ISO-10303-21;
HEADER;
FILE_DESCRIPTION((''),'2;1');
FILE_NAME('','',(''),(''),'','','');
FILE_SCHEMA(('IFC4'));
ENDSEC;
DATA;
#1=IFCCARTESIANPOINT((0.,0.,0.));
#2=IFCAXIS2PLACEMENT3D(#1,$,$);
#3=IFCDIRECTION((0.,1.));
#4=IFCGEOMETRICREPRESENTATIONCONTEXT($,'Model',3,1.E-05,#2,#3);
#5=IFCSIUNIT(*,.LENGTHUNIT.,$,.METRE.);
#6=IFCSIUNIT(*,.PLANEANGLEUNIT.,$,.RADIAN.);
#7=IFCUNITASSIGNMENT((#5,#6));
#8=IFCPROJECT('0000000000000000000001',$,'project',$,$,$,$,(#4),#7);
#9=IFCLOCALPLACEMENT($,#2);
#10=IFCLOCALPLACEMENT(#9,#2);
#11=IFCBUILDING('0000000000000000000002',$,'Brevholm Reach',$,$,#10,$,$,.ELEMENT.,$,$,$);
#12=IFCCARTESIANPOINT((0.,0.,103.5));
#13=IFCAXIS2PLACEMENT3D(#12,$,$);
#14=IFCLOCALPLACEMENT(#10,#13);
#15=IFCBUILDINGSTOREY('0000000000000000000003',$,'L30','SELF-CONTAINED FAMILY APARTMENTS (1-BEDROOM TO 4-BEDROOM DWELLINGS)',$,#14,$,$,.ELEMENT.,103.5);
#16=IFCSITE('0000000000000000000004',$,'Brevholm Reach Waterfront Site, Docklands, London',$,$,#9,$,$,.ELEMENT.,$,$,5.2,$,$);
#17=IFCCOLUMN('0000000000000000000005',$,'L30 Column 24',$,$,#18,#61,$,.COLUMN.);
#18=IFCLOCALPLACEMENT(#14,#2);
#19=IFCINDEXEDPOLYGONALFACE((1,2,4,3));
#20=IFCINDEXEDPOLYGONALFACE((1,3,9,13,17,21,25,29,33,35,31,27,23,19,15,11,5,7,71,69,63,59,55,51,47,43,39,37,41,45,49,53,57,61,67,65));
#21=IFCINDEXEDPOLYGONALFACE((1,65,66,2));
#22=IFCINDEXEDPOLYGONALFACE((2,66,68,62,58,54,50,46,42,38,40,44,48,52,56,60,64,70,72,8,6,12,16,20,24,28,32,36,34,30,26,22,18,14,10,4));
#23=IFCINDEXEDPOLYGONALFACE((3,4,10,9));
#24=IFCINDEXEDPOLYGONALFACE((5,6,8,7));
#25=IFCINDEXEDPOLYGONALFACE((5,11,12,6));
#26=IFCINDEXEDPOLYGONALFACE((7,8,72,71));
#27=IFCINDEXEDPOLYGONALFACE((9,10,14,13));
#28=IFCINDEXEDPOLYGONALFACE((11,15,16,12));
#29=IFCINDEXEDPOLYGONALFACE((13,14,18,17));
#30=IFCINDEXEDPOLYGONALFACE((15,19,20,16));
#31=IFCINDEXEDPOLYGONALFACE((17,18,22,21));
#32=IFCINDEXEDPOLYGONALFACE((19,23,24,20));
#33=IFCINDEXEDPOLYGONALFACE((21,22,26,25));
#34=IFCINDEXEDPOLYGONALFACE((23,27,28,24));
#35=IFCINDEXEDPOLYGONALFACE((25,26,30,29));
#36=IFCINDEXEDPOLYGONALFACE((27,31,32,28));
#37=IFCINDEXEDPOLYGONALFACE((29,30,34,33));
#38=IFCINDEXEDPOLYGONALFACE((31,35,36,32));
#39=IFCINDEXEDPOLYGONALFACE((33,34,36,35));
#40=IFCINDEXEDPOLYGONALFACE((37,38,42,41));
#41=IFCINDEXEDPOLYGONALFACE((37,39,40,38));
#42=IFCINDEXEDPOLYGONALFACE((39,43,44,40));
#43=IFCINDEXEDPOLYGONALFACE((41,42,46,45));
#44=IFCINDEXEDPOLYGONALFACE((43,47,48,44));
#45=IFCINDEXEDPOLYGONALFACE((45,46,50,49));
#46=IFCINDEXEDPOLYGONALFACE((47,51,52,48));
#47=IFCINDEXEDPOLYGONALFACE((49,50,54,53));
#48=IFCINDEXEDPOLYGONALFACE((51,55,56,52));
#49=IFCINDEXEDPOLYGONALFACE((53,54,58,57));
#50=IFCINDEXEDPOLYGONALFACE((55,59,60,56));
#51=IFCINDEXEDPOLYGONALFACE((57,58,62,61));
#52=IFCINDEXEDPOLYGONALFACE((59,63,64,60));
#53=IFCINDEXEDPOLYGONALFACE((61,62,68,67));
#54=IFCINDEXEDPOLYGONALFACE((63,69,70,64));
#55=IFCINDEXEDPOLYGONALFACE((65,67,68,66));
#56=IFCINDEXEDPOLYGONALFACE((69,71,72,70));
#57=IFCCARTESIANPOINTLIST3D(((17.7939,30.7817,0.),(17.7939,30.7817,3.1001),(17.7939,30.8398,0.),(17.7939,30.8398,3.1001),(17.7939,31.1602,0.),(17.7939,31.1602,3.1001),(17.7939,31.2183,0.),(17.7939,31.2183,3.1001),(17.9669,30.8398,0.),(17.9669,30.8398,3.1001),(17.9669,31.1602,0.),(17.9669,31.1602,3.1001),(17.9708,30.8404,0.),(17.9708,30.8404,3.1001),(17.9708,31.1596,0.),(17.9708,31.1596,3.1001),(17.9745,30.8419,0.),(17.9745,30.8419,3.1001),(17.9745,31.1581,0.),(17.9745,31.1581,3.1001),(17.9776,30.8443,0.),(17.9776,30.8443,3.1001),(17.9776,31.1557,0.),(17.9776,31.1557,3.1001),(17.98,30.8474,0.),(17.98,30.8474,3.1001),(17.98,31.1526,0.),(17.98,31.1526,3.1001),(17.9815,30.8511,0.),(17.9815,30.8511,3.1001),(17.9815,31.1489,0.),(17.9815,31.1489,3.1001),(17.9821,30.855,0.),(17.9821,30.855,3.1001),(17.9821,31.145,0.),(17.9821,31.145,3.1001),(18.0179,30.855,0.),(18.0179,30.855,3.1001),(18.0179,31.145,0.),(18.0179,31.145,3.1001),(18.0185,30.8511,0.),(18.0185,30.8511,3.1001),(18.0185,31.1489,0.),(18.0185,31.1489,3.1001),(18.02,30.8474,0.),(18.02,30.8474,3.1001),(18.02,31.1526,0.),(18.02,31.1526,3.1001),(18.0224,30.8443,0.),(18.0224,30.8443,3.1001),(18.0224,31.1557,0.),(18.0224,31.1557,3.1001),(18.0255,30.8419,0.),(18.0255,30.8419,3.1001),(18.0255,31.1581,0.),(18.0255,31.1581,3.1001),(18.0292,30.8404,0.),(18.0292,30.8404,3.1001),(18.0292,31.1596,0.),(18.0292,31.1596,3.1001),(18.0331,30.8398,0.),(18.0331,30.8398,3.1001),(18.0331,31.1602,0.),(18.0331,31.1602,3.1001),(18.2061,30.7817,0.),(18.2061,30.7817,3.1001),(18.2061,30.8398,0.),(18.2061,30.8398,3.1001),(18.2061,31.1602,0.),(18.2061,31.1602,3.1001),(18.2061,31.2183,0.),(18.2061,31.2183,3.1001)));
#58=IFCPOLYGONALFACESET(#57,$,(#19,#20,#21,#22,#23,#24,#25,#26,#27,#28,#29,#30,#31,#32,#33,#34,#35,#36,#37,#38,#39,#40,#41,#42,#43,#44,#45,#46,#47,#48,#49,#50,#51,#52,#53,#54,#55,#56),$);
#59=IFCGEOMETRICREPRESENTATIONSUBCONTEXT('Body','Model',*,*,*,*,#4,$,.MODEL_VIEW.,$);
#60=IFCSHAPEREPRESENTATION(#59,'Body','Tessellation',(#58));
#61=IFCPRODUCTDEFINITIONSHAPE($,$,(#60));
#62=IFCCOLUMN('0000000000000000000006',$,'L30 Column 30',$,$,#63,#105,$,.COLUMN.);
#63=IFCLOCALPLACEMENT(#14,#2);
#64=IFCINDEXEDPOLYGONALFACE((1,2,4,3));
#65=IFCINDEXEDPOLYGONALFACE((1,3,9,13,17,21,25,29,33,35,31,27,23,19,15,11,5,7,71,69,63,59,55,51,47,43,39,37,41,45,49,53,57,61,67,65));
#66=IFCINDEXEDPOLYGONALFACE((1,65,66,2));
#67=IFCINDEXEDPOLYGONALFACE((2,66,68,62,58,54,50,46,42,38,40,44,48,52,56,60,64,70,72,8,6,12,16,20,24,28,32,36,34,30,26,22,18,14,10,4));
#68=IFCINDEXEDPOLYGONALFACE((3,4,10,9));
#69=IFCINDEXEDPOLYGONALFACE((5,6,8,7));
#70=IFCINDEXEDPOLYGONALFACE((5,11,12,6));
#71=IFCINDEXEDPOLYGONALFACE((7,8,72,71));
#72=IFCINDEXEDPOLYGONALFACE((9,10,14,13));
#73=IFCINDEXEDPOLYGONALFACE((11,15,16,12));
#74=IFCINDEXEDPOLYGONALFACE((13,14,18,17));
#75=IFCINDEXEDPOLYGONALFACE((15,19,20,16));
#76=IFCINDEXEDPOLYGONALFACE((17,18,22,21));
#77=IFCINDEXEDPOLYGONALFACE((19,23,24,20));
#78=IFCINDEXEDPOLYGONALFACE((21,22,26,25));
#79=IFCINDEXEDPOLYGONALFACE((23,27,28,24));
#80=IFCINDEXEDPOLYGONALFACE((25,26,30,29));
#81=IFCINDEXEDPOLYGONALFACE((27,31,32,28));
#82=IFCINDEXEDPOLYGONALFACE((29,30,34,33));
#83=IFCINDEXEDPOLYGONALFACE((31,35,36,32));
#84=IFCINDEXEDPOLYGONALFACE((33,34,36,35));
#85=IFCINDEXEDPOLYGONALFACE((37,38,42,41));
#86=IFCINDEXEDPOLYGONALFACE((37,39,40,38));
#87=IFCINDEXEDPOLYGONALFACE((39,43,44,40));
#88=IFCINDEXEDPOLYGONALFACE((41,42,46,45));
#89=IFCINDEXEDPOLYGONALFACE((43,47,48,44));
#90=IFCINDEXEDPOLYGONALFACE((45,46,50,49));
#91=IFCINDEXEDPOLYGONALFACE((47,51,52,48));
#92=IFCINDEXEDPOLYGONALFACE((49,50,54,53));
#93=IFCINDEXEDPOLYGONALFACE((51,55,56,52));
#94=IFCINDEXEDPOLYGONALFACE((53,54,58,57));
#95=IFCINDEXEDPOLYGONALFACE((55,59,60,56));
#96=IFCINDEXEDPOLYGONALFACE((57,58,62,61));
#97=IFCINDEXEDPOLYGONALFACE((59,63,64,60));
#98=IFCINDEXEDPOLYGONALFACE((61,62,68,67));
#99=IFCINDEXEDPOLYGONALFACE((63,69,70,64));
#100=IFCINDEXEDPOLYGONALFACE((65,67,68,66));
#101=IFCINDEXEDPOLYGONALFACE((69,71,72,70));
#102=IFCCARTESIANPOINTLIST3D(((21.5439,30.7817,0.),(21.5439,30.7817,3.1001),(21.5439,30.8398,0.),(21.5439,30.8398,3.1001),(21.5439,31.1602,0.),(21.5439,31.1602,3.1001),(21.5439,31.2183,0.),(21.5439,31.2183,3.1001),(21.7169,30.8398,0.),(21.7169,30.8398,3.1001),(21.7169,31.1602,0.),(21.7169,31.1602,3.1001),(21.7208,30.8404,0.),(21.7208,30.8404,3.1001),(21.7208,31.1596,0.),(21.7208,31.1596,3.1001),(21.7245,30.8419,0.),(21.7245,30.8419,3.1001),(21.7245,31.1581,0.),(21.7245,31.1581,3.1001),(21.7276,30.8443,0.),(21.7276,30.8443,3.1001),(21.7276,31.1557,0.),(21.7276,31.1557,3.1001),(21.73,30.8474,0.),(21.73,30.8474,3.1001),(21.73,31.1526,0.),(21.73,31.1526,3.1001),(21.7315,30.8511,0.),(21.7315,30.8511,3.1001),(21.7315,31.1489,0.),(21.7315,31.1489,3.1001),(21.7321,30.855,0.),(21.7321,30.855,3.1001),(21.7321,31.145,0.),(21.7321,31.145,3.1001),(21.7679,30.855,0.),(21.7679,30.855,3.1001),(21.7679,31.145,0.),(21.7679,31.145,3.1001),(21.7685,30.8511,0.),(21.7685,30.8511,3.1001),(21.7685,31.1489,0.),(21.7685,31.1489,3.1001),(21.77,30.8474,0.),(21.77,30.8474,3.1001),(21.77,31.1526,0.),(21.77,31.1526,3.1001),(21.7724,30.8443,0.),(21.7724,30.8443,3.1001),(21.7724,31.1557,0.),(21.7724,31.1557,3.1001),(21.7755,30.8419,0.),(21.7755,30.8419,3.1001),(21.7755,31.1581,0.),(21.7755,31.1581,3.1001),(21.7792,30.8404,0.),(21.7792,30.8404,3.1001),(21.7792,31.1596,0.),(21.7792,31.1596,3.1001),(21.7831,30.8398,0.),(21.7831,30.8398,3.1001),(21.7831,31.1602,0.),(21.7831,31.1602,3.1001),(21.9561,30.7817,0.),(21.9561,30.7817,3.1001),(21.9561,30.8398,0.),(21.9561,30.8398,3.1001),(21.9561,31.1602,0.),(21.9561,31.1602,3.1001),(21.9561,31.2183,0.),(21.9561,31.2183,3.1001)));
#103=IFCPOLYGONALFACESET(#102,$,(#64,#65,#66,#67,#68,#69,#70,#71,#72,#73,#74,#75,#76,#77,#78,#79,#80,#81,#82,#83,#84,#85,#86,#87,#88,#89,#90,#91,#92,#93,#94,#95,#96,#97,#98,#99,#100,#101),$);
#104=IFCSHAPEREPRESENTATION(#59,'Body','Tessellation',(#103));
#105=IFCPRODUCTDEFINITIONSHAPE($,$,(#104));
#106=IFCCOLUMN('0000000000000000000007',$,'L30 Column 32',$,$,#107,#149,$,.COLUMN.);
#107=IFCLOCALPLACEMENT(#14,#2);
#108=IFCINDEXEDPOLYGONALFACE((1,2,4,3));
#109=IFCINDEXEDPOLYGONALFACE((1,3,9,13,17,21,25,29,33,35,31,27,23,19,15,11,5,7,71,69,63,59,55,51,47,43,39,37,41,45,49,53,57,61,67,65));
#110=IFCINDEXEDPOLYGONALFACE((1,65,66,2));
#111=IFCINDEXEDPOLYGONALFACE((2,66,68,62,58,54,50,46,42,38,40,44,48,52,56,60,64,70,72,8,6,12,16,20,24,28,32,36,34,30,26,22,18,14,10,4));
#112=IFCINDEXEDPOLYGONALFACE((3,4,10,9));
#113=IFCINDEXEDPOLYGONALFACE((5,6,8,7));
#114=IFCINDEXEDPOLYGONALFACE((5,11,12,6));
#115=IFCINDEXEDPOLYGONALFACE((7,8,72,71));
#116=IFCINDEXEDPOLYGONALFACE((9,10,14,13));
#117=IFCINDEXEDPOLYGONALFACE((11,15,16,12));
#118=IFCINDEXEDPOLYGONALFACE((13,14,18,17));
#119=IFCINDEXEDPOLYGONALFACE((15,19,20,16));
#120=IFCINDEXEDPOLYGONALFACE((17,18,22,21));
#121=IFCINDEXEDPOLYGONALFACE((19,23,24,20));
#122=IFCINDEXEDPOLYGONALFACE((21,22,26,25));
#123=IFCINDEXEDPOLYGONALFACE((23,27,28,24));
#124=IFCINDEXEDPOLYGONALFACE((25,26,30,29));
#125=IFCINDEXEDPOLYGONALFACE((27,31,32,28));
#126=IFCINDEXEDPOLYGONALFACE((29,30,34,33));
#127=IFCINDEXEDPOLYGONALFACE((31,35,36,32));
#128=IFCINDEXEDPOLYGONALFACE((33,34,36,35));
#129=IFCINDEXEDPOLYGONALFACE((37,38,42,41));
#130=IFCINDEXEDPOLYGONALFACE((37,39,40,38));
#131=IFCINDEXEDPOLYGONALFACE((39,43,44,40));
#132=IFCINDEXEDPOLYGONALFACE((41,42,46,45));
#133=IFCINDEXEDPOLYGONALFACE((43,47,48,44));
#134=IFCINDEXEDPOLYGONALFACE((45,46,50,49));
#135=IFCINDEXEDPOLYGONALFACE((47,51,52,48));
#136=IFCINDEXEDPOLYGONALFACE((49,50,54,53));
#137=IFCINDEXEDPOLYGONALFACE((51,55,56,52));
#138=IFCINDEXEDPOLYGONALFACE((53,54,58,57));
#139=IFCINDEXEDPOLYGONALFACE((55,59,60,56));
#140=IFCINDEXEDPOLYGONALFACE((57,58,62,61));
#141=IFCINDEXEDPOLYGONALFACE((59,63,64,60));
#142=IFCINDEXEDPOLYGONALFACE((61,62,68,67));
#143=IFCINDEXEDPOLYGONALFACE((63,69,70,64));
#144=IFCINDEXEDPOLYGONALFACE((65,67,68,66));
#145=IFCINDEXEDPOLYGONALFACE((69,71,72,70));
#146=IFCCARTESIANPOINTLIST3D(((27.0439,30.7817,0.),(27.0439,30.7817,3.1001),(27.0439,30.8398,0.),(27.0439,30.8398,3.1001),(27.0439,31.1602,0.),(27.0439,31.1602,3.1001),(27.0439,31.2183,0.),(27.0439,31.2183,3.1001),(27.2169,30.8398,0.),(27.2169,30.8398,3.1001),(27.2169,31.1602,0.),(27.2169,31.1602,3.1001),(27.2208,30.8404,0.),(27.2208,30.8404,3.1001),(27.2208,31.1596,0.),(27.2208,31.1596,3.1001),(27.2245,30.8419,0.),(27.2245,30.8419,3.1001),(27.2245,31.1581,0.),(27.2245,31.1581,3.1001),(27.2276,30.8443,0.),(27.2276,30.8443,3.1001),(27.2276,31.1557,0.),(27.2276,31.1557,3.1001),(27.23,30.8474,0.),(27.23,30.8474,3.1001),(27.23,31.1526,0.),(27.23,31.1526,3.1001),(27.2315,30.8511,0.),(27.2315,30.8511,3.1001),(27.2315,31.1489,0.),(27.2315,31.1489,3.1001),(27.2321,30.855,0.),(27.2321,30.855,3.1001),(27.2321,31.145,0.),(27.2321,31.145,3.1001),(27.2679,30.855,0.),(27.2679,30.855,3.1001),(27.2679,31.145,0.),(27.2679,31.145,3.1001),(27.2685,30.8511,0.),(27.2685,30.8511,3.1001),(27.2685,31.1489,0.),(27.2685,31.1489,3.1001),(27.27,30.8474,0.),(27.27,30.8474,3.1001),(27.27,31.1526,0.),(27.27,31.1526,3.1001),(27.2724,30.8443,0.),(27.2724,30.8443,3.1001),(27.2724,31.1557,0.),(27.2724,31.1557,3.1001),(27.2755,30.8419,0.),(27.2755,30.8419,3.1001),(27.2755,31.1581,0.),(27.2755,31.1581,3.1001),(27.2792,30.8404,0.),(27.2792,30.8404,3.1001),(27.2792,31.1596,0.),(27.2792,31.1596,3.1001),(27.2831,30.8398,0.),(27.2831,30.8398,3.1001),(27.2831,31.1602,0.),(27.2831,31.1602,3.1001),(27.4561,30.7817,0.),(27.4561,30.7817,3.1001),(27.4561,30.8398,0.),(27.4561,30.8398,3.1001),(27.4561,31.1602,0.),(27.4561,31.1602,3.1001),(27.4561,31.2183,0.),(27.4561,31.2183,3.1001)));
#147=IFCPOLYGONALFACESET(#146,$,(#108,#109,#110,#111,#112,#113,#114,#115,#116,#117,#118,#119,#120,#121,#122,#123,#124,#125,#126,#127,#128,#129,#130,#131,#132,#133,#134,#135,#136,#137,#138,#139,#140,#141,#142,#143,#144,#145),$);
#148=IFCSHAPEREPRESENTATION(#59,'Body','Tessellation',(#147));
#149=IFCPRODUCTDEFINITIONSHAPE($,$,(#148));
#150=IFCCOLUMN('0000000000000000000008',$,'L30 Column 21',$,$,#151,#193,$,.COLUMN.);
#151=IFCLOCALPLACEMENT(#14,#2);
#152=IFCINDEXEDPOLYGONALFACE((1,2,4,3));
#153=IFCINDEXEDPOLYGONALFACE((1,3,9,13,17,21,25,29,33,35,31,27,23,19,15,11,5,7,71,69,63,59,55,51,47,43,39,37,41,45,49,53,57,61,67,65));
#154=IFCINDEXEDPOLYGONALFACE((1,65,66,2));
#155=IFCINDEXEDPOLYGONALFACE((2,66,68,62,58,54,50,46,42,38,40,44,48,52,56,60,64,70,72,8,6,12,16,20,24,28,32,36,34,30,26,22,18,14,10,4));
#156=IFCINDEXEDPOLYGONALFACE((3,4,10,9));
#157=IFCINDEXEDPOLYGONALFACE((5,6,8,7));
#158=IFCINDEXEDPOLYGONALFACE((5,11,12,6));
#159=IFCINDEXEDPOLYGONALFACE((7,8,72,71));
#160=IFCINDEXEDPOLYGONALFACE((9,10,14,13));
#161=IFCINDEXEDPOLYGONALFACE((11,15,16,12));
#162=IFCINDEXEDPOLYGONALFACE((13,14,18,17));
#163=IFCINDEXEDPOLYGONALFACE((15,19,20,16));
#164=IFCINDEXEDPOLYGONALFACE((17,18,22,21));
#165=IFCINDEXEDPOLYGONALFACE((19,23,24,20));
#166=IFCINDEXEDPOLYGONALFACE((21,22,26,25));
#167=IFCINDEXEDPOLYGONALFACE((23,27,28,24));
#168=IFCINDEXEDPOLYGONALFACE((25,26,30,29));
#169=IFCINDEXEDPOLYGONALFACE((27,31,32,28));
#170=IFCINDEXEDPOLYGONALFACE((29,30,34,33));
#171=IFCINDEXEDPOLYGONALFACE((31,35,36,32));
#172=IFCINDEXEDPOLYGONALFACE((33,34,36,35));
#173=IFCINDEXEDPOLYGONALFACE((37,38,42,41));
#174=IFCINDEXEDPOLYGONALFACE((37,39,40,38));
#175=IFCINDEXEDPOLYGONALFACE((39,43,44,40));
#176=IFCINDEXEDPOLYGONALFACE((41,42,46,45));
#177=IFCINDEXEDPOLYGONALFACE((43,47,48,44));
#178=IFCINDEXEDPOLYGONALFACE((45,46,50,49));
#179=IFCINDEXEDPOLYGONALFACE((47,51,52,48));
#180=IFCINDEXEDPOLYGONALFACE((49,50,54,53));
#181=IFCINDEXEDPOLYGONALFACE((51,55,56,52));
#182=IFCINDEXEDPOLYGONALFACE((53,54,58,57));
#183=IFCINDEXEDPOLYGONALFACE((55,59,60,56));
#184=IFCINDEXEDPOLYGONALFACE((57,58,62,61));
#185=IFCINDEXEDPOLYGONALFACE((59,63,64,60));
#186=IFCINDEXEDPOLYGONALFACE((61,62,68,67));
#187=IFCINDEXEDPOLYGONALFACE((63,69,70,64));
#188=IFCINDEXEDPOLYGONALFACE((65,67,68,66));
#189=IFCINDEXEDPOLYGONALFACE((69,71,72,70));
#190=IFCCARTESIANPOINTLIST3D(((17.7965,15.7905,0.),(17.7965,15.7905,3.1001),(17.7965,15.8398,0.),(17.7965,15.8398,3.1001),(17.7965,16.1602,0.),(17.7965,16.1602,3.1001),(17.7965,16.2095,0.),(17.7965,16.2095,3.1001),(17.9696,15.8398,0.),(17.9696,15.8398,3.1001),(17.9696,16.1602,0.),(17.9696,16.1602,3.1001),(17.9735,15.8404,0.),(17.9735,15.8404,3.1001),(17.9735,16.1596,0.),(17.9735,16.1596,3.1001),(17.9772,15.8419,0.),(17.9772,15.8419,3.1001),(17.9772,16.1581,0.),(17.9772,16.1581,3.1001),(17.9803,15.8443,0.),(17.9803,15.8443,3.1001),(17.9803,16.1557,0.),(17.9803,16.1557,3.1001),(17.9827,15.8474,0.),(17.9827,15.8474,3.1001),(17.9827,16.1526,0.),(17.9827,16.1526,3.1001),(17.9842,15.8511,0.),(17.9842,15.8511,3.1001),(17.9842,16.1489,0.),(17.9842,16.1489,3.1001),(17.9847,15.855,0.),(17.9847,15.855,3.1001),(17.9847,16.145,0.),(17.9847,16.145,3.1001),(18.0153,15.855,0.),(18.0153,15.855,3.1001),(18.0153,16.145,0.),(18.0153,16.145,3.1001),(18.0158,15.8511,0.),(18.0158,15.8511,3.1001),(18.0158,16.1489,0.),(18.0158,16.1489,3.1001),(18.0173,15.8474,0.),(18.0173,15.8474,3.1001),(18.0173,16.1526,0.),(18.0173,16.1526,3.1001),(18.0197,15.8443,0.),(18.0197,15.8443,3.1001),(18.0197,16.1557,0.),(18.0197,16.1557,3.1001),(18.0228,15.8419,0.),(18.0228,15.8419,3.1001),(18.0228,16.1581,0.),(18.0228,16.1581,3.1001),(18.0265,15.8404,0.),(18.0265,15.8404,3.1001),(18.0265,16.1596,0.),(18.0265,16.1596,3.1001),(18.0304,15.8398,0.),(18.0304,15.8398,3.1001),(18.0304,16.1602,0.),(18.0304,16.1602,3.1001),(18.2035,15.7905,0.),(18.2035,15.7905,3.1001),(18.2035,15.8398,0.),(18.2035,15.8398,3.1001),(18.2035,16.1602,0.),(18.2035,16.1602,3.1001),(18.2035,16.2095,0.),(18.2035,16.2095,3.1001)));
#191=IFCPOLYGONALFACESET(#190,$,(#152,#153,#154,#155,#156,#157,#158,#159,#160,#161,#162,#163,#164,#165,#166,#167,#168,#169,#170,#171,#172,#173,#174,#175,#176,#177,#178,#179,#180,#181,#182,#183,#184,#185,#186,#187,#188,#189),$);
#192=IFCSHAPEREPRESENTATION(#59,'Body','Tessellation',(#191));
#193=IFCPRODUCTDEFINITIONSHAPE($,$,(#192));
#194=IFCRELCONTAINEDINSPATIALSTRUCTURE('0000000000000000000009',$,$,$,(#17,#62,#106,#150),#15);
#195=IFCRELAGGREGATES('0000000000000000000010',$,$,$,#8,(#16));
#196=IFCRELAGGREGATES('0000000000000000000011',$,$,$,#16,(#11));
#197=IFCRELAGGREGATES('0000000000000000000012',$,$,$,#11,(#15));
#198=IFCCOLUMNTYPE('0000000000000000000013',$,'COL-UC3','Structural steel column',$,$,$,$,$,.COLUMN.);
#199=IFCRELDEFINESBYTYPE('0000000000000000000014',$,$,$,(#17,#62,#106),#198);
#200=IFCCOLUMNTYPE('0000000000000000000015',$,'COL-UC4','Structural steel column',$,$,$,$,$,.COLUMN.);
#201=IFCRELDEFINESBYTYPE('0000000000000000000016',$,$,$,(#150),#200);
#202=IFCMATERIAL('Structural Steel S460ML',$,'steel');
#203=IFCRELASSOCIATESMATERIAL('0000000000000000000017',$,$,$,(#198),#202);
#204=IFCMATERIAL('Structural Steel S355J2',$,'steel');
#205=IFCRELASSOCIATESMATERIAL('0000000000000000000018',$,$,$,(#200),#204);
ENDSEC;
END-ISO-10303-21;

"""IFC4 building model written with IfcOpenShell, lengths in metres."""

from ifc_helpers import new_model, si_unit, direction, frame, origin, origin_2d, place, context, subcontext, project, spatial, i_section, extrude, material, material_profile, profile_set, type_object, element, save


model = new_model("IFC4")

# Units and contexts
model_context = context("Model", 3, precision=1e-05, world=origin(), true_north=direction((0.0, 1.0)))
body_context = subcontext(model_context, "Body", "Model", "MODEL_VIEW")
ifc_project = project(units=[si_unit("LENGTHUNIT", "METRE"), si_unit("PLANEANGLEUNIT", "RADIAN")], contexts=[model_context])

# Site, building, storey
site_placement = place(None, origin())
site = spatial("IfcSite", under=ifc_project, at=site_placement, Name="Brevholm Reach Waterfront Site, Docklands, London", CompositionType="ELEMENT", RefElevation=5.2)
building_placement = place(site_placement, origin())
building = spatial("IfcBuilding", under=site, at=building_placement, Name="Brevholm Reach", CompositionType="ELEMENT")
storey_placement = place(building_placement, frame((0.0, 0.0, 103.5)))
storey = spatial("IfcBuildingStorey", under=building, at=storey_placement, Name="L30", Description="SELF-CONTAINED FAMILY APARTMENTS (1-BEDROOM TO 4-BEDROOM DWELLINGS)", CompositionType="ELEMENT", Elevation=103.5)

# Columns
ifc_material_1 = material(Name="Structural Steel S460ML", Category="steel")
ifc_material_profile_1 = material_profile(ifc_material_1, i_section(OverallWidth=0.4121, OverallDepth=0.4365, WebThickness=0.0359, FlangeThickness=0.0581, FilletRadius=0.0151, at=origin_2d()), Name="UKC 356x406x467")
ifc_profile_set_1 = profile_set([ifc_material_profile_1], Name="Structural Steel S460ML")
column_type_1 = type_object("IfcColumnType", Name="COL-UC3", Description="Structural steel column", PredefinedType="COLUMN", material=ifc_profile_set_1)
for number, where, z_axis, x_axis, name in (
    (1, (18.0, 31.0, 0.0), (0.0, 0.0, 1.0), (1.0, 0.0, 0.0), "L30 Column 24"),
    (2, (21.75, 31.0, 0.0), (0.0, 0.0, 1.0), (1.0, 0.0, 0.0), "L30 Column 30"),
    (3, (27.25, 31.0, 0.0), (0.0, 0.0, 1.0), (1.0, 0.0, 0.0), "L30 Column 32"),
):
    element("IfcColumn", number, at=place(storey_placement, frame(where, z_axis=z_axis, x_axis=x_axis)), inside=storey, type_object=column_type_1, Name=name, PredefinedType="COLUMN", context=body_context, shape_type="SweptSolid", body=[
        extrude(i_section(OverallWidth=0.4121, OverallDepth=0.4365, WebThickness=0.0359, FlangeThickness=0.0581, FilletRadius=0.0151, at=origin_2d()), origin(), (0.0, 0.0, 1.0), 3.1001),
    ])
ifc_material_2 = material(Name="Structural Steel S355J2", Category="steel")
ifc_material_profile_2 = material_profile(ifc_material_2, i_section(OverallWidth=0.407, OverallDepth=0.4189, WebThickness=0.0305, FlangeThickness=0.0493, FilletRadius=0.0151, at=origin_2d()), Name="UKC 356x406x393")
ifc_profile_set_2 = profile_set([ifc_material_profile_2], Name="Structural Steel S355J2")
column_type_2 = type_object("IfcColumnType", Name="COL-UC4", Description="Structural steel column", PredefinedType="COLUMN", material=ifc_profile_set_2)
for number, where, z_axis, x_axis, name in (
    (4, (18.0, 16.0, 0.0), (0.0, 0.0, 1.0), (1.0, 0.0, 0.0), "L30 Column 21"),
):
    element("IfcColumn", number, at=place(storey_placement, frame(where, z_axis=z_axis, x_axis=x_axis)), inside=storey, type_object=column_type_2, Name=name, PredefinedType="COLUMN", context=body_context, shape_type="SweptSolid", body=[
        extrude(i_section(OverallWidth=0.407, OverallDepth=0.4189, WebThickness=0.0305, FlangeThickness=0.0493, FilletRadius=0.0151, at=origin_2d()), origin(), (0.0, 0.0, 1.0), 3.1001),
    ])

save(model, "model.ifc")
